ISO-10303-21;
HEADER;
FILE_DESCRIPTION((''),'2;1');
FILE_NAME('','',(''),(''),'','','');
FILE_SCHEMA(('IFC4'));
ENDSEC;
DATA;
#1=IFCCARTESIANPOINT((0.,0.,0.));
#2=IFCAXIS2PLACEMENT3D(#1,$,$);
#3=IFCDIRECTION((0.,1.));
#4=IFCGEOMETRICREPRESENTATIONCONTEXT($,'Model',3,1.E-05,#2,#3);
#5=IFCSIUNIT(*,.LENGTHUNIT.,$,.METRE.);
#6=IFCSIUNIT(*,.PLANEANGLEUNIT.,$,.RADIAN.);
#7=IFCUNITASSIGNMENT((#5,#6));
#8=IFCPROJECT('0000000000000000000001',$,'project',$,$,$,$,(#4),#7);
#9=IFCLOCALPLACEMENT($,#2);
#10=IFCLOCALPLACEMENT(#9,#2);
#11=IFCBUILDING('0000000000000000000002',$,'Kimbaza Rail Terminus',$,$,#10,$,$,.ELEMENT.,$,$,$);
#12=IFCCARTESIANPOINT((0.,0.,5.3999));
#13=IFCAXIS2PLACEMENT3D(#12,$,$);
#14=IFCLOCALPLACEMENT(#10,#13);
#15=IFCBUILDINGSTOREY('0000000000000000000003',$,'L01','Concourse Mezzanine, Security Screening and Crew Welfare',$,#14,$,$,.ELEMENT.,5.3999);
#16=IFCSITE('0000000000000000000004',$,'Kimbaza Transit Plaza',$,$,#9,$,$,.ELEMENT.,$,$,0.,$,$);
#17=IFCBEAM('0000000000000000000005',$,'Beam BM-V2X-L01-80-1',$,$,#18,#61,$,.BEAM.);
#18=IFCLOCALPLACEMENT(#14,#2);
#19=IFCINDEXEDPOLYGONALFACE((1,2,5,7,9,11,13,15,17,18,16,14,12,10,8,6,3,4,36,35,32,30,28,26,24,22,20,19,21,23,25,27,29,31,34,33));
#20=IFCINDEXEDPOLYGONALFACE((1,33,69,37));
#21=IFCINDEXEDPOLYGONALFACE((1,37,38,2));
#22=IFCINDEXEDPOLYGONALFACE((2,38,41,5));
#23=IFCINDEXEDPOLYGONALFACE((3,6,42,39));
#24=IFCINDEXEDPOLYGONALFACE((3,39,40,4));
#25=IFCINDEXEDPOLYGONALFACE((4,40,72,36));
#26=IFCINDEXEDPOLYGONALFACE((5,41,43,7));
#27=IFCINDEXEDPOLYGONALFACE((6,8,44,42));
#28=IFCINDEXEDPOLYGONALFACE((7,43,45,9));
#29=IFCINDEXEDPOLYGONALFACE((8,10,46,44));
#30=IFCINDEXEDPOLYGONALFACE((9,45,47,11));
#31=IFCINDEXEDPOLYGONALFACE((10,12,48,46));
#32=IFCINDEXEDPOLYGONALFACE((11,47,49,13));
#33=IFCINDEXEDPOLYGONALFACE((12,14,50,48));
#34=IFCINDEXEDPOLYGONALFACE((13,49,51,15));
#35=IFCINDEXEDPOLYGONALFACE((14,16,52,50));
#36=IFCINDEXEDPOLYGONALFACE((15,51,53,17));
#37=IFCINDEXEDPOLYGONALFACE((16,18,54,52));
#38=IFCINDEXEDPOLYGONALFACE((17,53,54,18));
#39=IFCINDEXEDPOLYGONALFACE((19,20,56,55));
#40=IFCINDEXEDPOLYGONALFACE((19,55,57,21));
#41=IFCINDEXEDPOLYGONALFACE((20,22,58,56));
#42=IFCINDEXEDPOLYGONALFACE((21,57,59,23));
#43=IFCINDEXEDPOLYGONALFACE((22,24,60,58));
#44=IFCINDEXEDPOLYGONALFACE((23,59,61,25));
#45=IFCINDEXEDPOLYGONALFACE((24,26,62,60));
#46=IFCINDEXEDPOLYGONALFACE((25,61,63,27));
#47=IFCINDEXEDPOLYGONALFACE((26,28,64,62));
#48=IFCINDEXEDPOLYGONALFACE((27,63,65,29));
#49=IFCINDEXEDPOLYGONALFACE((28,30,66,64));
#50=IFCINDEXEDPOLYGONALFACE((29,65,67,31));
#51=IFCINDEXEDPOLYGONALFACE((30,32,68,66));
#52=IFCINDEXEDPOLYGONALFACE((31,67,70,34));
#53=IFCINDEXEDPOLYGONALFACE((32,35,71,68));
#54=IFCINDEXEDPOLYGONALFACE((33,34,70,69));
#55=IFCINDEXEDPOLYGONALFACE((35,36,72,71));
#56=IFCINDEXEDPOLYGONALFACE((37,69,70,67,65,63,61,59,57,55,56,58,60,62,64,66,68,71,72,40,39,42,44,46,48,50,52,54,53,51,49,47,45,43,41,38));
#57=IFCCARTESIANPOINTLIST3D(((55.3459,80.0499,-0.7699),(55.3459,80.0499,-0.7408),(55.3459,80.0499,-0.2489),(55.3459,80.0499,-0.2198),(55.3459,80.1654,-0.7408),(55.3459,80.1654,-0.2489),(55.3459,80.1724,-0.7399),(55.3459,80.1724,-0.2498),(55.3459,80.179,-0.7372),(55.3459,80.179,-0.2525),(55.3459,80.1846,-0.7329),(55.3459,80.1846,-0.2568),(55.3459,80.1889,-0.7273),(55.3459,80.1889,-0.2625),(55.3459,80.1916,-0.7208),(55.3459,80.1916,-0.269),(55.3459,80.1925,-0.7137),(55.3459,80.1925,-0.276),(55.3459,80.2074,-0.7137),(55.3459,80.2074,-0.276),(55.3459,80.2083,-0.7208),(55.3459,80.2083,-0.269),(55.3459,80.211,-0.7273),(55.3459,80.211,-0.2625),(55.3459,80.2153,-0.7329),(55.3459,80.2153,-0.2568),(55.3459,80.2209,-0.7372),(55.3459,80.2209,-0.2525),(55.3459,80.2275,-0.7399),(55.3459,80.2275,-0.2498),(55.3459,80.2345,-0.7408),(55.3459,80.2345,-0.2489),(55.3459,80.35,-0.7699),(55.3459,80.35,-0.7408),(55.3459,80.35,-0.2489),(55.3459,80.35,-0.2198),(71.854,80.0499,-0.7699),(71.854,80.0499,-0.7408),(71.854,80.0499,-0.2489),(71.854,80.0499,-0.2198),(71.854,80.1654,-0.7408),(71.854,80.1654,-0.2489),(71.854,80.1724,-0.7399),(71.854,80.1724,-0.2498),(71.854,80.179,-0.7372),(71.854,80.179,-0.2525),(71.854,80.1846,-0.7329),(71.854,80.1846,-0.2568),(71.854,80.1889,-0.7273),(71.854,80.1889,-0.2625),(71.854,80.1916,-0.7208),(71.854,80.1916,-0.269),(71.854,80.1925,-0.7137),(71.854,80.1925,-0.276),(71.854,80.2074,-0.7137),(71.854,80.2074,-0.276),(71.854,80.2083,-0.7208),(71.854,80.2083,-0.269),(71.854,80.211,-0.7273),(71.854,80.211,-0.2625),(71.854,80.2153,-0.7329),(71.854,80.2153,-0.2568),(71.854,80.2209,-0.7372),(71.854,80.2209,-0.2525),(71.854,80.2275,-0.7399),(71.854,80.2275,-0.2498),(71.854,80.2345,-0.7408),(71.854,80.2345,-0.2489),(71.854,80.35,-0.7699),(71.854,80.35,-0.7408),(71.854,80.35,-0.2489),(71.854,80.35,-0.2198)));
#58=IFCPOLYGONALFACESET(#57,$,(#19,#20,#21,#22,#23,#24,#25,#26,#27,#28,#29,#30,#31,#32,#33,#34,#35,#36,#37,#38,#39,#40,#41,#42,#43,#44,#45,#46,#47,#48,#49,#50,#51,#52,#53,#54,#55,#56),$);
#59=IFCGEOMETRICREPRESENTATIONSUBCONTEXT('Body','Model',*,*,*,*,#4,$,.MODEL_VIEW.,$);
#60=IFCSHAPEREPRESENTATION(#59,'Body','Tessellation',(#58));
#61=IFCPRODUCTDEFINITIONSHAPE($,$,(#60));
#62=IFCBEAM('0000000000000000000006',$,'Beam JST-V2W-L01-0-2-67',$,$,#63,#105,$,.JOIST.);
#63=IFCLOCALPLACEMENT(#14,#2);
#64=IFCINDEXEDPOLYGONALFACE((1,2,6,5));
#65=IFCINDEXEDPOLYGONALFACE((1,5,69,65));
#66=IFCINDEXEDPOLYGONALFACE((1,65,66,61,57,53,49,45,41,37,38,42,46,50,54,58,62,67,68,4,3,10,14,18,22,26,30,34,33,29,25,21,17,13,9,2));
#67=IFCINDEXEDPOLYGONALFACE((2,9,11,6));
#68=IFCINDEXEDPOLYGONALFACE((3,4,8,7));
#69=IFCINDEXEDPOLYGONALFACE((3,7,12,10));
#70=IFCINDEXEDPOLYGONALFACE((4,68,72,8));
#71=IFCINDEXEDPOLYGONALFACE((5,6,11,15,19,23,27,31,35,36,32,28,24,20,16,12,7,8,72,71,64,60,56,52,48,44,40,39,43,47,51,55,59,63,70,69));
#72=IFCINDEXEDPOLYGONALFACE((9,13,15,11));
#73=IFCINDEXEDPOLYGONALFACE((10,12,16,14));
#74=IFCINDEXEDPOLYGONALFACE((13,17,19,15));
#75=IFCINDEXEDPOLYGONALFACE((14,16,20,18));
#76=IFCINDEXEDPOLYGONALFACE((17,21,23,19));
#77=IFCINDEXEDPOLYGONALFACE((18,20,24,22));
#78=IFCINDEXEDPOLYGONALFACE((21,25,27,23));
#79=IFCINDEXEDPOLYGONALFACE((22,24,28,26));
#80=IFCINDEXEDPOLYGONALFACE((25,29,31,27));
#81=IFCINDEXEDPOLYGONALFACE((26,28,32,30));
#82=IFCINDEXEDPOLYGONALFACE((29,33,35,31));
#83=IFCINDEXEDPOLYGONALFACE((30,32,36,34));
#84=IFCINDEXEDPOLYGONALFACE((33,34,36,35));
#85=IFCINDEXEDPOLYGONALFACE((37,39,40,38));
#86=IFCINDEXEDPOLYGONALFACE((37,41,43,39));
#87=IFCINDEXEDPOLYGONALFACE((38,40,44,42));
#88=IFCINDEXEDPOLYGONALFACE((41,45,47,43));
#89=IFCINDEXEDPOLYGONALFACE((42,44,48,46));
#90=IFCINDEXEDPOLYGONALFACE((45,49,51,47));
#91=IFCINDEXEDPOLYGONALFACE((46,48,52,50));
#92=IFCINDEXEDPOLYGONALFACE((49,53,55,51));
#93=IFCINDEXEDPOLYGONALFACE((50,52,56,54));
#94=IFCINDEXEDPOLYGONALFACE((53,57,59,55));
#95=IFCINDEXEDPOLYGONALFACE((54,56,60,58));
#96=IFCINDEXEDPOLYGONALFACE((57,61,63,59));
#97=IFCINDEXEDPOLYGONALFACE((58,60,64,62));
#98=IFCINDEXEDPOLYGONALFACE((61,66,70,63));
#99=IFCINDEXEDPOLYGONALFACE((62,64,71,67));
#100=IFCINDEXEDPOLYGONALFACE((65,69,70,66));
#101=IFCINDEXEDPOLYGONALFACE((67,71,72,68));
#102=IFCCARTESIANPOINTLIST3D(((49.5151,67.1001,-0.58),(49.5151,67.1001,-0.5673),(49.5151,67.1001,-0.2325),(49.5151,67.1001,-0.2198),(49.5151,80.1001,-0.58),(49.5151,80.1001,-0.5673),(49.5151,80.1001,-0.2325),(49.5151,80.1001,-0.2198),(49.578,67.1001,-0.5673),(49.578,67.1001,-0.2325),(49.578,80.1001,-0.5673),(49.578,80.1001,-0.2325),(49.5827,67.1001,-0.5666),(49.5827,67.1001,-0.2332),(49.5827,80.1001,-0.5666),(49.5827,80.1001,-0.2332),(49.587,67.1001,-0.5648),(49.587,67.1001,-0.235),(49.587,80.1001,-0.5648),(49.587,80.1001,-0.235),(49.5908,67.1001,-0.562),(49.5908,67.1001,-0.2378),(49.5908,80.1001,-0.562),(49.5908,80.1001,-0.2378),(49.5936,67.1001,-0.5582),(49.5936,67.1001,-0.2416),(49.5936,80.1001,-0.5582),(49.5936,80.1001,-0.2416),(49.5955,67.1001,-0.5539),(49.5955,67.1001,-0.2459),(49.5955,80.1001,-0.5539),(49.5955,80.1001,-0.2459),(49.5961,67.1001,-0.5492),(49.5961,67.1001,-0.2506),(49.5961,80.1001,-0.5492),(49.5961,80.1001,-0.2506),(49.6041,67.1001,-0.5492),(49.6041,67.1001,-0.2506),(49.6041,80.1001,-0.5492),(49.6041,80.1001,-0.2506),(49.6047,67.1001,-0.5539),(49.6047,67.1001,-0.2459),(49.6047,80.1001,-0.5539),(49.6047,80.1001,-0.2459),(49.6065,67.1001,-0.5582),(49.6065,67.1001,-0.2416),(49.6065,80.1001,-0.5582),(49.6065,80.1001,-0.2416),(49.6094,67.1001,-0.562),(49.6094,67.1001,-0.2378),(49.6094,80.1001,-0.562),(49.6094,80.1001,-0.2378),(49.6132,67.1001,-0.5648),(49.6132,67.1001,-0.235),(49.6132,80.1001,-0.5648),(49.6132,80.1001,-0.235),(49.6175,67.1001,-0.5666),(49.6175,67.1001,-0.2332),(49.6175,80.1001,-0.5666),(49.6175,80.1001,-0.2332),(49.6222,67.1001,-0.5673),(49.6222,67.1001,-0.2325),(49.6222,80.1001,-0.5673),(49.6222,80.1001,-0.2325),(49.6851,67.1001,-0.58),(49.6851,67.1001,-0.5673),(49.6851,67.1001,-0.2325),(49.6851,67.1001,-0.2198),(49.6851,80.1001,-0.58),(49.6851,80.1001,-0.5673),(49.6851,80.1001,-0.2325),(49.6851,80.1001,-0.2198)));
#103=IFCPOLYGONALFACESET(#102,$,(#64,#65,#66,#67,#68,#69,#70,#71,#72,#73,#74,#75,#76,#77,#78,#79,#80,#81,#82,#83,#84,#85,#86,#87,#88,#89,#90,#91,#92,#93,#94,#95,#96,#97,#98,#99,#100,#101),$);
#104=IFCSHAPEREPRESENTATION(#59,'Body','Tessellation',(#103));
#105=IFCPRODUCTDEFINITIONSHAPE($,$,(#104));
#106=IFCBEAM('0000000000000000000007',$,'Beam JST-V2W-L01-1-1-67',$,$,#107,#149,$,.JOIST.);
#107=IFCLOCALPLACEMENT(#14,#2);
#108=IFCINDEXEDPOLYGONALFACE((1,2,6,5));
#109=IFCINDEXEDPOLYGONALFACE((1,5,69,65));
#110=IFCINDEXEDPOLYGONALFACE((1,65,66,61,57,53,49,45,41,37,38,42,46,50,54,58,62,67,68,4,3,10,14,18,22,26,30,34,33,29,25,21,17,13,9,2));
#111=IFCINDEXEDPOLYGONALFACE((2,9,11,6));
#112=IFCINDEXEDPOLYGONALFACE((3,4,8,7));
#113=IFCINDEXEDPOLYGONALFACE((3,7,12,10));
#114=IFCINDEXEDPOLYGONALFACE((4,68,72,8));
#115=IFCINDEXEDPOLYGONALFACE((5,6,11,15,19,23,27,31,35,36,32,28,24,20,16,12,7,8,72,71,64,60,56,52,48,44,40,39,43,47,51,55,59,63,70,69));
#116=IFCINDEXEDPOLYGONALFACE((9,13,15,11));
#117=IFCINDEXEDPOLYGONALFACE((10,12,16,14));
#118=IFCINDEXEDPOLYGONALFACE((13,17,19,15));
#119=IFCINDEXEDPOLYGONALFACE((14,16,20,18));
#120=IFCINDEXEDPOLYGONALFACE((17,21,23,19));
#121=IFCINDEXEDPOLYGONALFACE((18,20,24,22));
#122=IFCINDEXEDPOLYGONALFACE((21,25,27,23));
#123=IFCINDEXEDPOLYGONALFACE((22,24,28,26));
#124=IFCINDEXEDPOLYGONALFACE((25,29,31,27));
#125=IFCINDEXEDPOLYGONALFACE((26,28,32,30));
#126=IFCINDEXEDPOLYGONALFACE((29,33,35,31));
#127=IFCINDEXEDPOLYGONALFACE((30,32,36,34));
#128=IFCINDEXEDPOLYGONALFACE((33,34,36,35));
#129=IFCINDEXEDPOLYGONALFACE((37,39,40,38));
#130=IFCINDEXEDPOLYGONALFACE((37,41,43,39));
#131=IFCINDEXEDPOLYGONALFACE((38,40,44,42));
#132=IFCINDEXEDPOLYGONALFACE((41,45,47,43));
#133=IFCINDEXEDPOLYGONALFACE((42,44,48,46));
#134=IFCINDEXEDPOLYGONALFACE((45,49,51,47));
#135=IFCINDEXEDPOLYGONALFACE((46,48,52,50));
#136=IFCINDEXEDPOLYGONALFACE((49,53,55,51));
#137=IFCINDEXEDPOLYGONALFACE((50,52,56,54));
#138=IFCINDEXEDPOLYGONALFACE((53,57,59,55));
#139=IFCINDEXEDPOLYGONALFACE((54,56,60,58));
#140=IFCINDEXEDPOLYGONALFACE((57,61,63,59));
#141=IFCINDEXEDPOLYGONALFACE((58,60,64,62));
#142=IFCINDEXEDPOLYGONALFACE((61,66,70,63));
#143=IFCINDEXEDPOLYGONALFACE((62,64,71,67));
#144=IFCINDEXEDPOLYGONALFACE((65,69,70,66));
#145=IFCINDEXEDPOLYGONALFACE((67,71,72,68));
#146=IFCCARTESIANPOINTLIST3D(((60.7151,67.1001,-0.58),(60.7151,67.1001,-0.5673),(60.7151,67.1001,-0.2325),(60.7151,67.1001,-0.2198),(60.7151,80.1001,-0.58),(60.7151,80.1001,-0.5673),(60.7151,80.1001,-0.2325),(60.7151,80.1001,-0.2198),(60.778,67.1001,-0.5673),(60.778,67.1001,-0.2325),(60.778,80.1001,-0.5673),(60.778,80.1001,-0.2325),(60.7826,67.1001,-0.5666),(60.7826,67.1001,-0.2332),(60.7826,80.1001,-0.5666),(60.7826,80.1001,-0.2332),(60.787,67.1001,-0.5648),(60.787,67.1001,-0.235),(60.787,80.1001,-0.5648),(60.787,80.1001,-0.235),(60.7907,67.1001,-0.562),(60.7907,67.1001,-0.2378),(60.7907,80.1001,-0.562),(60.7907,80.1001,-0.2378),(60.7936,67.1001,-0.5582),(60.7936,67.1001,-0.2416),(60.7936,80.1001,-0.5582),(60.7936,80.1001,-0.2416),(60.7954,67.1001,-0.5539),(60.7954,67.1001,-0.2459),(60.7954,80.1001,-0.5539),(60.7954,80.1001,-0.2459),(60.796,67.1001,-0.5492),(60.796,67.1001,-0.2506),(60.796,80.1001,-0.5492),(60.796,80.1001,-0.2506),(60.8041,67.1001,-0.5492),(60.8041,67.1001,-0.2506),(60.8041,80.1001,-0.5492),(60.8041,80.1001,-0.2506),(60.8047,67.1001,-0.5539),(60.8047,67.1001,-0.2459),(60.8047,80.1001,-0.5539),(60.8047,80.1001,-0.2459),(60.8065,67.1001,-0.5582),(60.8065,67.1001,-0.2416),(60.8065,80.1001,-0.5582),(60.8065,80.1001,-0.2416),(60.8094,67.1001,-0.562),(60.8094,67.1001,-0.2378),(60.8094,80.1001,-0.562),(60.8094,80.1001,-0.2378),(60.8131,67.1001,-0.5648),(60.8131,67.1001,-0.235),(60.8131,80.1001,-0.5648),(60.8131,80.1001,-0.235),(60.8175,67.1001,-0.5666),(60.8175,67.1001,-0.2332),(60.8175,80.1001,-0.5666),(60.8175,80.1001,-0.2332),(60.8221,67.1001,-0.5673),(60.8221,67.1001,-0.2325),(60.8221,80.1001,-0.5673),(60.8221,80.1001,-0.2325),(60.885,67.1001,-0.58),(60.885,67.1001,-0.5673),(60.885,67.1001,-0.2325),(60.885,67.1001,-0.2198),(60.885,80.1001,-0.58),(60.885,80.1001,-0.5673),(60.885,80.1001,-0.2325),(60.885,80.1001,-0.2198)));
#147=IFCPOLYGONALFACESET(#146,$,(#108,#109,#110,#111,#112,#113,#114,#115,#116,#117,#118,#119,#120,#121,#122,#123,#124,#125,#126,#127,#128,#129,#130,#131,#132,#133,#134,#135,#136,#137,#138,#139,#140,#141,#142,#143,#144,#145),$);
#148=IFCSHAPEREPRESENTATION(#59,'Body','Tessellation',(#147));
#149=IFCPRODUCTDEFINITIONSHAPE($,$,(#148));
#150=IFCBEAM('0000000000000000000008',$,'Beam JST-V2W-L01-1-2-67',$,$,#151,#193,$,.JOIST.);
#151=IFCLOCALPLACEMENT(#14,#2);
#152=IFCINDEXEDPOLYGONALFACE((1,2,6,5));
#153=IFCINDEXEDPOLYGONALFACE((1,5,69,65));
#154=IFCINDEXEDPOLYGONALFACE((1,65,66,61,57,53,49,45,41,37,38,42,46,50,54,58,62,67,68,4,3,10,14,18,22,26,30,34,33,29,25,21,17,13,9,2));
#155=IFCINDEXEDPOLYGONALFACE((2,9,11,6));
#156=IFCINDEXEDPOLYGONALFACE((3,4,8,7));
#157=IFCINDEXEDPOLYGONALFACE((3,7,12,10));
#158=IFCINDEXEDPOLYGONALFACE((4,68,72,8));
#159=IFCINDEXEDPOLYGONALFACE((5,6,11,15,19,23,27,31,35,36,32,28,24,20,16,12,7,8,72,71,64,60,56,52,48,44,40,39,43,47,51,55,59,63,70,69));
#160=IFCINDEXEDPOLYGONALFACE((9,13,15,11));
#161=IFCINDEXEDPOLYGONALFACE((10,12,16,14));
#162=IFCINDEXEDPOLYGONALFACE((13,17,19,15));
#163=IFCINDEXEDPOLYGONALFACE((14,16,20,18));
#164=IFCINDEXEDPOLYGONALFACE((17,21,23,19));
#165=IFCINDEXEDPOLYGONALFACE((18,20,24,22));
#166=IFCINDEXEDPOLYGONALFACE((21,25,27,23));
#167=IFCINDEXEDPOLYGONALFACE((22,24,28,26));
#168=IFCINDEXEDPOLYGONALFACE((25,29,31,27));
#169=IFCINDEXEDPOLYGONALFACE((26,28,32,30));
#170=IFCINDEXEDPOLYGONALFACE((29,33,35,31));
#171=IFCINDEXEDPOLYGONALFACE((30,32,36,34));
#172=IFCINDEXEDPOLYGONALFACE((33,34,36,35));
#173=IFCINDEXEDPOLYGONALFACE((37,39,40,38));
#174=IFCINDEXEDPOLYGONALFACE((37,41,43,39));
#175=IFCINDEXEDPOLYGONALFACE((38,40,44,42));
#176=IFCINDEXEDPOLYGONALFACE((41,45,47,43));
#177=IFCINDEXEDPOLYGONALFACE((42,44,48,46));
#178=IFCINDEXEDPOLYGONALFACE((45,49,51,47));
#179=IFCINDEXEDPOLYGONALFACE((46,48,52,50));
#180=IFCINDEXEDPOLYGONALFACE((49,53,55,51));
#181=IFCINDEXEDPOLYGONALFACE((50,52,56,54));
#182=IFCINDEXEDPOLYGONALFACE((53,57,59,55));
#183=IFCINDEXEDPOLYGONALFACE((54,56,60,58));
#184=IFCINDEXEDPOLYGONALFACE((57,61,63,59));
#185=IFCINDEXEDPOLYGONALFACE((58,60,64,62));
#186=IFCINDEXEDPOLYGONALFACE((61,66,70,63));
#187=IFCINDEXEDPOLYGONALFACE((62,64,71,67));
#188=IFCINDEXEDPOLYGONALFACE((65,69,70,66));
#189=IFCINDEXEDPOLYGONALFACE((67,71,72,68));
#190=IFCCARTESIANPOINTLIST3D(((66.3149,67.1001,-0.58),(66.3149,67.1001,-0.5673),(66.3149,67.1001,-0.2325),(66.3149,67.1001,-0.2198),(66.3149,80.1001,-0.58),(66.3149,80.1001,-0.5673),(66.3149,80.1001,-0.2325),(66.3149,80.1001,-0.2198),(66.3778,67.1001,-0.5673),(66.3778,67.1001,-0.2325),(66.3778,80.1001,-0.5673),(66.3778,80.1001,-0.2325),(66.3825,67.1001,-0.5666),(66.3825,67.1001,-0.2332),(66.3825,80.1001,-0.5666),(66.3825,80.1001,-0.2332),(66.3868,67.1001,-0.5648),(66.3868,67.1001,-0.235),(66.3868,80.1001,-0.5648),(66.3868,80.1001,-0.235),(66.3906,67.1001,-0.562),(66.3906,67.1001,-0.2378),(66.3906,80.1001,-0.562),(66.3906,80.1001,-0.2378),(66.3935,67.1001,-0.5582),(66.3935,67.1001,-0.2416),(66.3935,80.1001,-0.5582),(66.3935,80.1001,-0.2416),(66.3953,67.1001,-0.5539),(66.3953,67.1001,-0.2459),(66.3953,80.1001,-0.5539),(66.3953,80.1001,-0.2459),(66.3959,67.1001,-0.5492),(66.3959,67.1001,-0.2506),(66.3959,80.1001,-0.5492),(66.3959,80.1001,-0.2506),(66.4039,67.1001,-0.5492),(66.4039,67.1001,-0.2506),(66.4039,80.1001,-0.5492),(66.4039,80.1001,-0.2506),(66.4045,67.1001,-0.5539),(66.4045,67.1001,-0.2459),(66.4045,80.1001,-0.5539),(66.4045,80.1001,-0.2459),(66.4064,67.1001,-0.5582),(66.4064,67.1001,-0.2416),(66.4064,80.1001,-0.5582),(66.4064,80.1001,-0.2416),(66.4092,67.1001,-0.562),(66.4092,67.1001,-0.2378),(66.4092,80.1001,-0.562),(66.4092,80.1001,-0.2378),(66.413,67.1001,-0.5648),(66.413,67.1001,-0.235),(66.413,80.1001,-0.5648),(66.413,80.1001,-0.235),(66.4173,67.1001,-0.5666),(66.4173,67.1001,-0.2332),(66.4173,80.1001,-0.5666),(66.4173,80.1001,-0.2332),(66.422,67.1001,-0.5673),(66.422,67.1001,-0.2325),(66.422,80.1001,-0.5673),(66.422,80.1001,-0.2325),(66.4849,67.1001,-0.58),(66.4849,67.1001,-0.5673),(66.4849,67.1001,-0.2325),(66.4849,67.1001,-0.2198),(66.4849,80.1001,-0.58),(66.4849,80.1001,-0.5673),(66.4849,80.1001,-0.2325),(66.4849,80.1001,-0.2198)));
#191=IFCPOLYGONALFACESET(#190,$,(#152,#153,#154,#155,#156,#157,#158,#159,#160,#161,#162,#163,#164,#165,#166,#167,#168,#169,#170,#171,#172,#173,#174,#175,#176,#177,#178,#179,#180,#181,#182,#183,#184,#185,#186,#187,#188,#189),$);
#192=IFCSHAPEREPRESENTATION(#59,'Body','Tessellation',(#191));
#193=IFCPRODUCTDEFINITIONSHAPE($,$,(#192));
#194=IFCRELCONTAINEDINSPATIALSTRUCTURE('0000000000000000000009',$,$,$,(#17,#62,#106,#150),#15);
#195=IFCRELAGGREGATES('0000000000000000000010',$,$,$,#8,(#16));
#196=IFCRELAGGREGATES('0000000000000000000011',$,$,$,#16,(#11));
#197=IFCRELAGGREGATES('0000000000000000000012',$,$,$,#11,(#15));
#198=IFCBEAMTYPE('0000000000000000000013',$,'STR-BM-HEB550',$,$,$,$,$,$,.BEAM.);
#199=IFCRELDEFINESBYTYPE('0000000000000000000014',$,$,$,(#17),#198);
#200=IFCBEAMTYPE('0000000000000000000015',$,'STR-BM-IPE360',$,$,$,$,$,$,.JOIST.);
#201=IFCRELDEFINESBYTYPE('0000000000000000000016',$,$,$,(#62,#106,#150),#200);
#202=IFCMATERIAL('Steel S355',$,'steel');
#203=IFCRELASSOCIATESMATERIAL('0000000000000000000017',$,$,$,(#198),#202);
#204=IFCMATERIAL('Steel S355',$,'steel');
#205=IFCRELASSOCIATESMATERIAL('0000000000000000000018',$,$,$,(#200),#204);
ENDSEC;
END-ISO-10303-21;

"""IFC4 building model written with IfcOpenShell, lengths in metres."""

from ifc_helpers import new_model, si_unit, direction, frame, origin, origin_2d, place, context, subcontext, project, spatial, i_section, extrude, material, material_profile, profile_set, type_object, element, save


model = new_model("IFC4")

# Units and contexts
model_context = context("Model", 3, precision=1e-05, world=origin(), true_north=direction((0.0, 1.0)))
body_context = subcontext(model_context, "Body", "Model", "MODEL_VIEW")
ifc_project = project(units=[si_unit("LENGTHUNIT", "METRE"), si_unit("PLANEANGLEUNIT", "RADIAN")], contexts=[model_context])

# Site, building, storey
site_placement = place(None, origin())
site = spatial("IfcSite", under=ifc_project, at=site_placement, Name="Kimbaza Transit Plaza", CompositionType="ELEMENT", RefElevation=0.0)
building_placement = place(site_placement, origin())
building = spatial("IfcBuilding", under=site, at=building_placement, Name="Kimbaza Rail Terminus", CompositionType="ELEMENT")
storey_placement = place(building_placement, frame((0.0, 0.0, 5.3999)))
storey = spatial("IfcBuildingStorey", under=building, at=storey_placement, Name="L01", Description="Concourse Mezzanine, Security Screening and Crew Welfare", CompositionType="ELEMENT", Elevation=5.3999)

# Beams
ifc_material_1 = material(Name="Steel S355", Category="steel")
ifc_material_profile_1 = material_profile(ifc_material_1, i_section(OverallWidth=0.3, OverallDepth=0.55, WebThickness=0.0149, FlangeThickness=0.0291, FilletRadius=0.0271, at=origin_2d()), Name="HEB 550")
ifc_profile_set_1 = profile_set([ifc_material_profile_1], Name="Steel S355")
beam_type_1 = type_object("IfcBeamType", Name="STR-BM-HEB550", PredefinedType="BEAM", material=ifc_profile_set_1)
beam_1_placement = place(storey_placement, frame((55.3459, 80.2, -0.4949), z_axis=(1.0, 0.0, 0.0), x_axis=(0.0, 1.0, 0.0)))
element("IfcBeam", 1, at=beam_1_placement, inside=storey, type_object=beam_type_1, Name="Beam BM-V2X-L01-80-1", PredefinedType="BEAM", context=body_context, shape_type="SweptSolid", body=[
    extrude(i_section(OverallWidth=0.3, OverallDepth=0.55, WebThickness=0.0149, FlangeThickness=0.0291, FilletRadius=0.0271, at=origin_2d()), origin(), (0.0, 0.0, 1.0), 16.5081),
])
ifc_material_2 = material(Name="Steel S355", Category="steel")
ifc_material_profile_2 = material_profile(ifc_material_2, i_section(OverallWidth=0.1699, OverallDepth=0.3601, WebThickness=0.0081, FlangeThickness=0.0127, FilletRadius=0.0181, at=origin_2d()), Name="IPE 360")
ifc_profile_set_2 = profile_set([ifc_material_profile_2], Name="Steel S355")
beam_type_2 = type_object("IfcBeamType", Name="STR-BM-IPE360", PredefinedType="JOIST", material=ifc_profile_set_2)
for number, where, z_axis, x_axis, name in (
    (2, (49.6001, 67.1001, -0.3999), (0.0, 1.0, 0.0), (-1.0, 0.0, 0.0), "Beam JST-V2W-L01-0-2-67"),
    (3, (60.8, 67.1001, -0.3999), (0.0, 1.0, 0.0), (-1.0, 0.0, 0.0), "Beam JST-V2W-L01-1-1-67"),
    (4, (66.3999, 67.1001, -0.3999), (0.0, 1.0, 0.0), (-1.0, 0.0, 0.0), "Beam JST-V2W-L01-1-2-67"),
):
    element("IfcBeam", number, at=place(storey_placement, frame(where, z_axis=z_axis, x_axis=x_axis)), inside=storey, type_object=beam_type_2, Name=name, PredefinedType="JOIST", context=body_context, shape_type="SweptSolid", body=[
        extrude(i_section(OverallWidth=0.1699, OverallDepth=0.3601, WebThickness=0.0081, FlangeThickness=0.0127, FilletRadius=0.0181, at=origin_2d()), origin(), (0.0, 0.0, 1.0), 13.0),
    ])

save(model, "model.ifc")
